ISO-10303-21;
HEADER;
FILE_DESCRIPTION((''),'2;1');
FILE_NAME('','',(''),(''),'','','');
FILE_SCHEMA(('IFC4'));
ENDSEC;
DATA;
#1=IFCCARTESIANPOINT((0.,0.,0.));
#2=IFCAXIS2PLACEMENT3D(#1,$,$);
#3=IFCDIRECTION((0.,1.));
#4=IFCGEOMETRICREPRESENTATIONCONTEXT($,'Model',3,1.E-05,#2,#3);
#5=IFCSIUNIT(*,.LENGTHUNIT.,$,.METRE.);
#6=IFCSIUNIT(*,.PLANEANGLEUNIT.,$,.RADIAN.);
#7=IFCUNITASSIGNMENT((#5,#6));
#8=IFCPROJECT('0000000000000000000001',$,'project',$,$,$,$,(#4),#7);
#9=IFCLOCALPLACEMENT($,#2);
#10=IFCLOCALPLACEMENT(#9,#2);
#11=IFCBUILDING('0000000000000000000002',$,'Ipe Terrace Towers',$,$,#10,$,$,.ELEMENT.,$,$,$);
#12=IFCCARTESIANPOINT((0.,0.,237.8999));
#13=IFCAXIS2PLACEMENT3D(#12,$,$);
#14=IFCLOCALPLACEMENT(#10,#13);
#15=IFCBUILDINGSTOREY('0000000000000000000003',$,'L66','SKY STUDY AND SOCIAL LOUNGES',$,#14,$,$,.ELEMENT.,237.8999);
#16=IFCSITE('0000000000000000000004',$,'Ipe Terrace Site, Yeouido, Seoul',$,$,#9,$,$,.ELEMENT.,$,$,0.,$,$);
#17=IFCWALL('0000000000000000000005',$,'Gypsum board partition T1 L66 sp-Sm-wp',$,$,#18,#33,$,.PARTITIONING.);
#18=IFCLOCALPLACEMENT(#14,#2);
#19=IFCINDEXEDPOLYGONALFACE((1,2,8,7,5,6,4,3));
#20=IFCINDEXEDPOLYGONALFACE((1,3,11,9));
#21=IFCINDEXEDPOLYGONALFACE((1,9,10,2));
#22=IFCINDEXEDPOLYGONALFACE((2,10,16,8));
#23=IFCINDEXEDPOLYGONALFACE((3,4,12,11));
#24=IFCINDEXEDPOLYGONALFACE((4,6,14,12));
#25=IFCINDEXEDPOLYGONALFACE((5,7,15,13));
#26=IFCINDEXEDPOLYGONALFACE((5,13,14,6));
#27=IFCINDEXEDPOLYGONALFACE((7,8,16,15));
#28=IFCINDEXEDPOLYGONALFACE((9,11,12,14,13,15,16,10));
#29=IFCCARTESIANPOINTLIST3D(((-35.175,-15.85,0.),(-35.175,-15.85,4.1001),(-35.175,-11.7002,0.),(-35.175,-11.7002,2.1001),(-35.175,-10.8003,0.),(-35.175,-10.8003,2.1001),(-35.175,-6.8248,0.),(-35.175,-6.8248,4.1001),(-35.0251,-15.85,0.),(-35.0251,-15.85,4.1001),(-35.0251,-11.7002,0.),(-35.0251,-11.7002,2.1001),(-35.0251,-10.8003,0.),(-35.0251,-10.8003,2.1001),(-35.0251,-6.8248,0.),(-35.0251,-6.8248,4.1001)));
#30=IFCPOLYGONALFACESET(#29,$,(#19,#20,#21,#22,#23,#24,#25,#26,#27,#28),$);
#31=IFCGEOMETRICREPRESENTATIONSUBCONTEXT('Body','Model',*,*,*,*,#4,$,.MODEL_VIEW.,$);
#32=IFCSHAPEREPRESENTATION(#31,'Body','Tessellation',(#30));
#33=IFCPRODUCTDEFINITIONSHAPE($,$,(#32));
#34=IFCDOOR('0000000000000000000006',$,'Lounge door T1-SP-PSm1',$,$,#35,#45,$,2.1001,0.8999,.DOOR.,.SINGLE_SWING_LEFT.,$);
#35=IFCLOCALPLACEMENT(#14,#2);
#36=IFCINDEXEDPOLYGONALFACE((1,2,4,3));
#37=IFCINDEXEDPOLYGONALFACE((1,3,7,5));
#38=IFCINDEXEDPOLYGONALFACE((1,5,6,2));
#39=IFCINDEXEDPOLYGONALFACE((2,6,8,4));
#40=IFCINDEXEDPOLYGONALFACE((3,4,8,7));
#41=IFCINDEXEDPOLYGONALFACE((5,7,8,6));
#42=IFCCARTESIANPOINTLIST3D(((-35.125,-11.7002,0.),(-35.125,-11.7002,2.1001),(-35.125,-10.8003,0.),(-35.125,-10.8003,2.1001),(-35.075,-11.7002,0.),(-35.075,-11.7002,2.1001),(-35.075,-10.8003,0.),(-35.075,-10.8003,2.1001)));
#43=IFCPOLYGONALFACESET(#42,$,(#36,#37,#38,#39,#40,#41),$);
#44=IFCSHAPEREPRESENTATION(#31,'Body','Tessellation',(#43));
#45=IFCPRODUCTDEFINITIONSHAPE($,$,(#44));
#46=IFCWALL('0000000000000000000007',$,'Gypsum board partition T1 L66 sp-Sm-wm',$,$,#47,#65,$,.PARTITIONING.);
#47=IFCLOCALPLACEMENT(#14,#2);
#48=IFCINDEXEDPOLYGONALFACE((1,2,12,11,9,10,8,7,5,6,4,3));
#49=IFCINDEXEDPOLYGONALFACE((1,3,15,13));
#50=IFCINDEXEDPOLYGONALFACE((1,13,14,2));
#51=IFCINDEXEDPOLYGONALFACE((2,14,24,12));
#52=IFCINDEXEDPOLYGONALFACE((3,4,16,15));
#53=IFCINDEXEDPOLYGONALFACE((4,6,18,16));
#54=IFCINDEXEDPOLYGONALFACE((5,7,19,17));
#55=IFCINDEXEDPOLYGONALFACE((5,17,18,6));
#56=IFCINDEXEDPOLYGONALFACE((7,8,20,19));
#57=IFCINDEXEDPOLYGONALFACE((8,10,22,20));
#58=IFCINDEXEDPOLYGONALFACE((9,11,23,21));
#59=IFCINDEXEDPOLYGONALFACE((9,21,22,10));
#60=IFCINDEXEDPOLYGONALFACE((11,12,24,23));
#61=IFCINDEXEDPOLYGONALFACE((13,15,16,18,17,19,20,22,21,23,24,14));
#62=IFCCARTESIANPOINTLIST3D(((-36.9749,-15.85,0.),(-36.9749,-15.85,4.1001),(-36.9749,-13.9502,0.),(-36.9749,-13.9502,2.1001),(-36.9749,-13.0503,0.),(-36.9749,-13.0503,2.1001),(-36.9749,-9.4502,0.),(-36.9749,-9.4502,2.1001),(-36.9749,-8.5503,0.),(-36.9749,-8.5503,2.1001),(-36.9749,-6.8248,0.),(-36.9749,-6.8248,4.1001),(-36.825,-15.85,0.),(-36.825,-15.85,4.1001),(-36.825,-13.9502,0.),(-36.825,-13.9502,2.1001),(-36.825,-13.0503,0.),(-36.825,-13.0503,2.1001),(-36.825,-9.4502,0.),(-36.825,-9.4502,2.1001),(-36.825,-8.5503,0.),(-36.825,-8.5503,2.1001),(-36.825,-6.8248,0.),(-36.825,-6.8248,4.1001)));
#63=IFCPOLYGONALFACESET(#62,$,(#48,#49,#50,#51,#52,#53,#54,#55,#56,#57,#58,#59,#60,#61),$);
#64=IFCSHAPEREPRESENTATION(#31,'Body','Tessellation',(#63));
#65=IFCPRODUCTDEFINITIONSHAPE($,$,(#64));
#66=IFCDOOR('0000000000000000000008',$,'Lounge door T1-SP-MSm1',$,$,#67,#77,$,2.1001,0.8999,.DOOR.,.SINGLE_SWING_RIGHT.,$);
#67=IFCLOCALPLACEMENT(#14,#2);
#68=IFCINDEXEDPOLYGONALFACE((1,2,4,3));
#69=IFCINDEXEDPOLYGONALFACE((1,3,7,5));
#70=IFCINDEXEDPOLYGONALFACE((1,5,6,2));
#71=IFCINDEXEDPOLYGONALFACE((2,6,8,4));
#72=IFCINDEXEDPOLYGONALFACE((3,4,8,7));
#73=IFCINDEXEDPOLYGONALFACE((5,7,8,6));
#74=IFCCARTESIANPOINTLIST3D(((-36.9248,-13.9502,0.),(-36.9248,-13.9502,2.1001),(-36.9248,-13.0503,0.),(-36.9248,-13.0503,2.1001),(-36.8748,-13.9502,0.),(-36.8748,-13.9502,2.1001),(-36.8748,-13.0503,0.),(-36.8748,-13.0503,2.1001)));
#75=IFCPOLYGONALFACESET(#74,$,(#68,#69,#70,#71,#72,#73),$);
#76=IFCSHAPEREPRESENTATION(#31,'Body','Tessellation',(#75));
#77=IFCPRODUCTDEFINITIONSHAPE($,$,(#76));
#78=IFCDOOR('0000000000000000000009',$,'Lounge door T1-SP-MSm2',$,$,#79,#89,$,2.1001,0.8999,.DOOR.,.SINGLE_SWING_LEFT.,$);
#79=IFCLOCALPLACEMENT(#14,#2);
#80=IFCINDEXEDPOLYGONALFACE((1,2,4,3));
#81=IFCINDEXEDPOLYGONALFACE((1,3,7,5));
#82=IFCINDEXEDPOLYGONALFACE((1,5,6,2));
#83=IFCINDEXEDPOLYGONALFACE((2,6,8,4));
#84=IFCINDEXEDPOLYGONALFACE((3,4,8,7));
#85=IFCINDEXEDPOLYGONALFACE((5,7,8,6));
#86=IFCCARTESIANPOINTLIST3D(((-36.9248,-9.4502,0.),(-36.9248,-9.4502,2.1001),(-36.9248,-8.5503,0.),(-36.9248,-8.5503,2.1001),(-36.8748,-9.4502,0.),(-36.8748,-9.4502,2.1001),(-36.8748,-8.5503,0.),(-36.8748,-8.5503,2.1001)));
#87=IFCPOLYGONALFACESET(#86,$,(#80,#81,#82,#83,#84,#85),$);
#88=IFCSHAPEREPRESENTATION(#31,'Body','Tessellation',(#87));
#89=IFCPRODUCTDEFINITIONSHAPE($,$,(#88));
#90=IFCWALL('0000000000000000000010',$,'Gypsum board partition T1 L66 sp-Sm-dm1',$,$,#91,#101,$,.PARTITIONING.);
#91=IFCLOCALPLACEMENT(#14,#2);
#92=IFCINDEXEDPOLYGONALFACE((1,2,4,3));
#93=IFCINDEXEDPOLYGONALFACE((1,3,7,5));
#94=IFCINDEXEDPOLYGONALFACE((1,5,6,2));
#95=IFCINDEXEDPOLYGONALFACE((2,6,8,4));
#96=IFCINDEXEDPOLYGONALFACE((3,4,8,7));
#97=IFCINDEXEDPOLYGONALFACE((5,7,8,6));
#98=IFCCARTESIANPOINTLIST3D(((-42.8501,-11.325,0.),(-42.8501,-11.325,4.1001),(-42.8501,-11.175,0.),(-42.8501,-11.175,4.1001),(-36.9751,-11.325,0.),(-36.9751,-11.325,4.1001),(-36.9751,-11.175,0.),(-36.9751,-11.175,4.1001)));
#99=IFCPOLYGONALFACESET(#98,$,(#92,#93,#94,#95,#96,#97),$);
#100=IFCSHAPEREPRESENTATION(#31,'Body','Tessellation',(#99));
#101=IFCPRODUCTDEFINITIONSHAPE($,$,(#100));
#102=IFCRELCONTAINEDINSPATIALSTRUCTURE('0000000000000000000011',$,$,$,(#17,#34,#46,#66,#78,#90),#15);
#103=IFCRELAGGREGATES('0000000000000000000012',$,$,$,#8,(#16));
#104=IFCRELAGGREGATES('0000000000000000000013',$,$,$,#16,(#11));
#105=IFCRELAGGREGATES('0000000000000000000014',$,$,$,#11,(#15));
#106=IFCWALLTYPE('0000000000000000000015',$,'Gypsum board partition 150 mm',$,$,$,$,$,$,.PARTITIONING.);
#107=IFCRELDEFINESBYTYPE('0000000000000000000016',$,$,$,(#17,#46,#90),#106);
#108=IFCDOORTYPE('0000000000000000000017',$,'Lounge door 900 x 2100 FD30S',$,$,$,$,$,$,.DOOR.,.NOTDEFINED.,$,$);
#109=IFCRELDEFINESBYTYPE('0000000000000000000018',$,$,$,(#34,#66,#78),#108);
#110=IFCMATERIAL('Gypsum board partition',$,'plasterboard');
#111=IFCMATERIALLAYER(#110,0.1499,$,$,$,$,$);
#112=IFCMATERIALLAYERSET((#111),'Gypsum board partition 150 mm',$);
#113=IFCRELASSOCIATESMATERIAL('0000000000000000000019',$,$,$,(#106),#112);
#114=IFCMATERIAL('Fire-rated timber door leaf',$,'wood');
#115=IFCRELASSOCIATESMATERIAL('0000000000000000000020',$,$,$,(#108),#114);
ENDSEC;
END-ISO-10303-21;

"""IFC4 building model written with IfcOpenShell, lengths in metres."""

from ifc_helpers import new_model, si_unit, direction, frame, frame_2d, origin, place, context, subcontext, project, spatial, rectangle, extrude, material, layer, layer_set, type_object, element, fill, save


model = new_model("IFC4")

# Units and contexts
model_context = context("Model", 3, precision=1e-05, world=origin(), true_north=direction((0.0, 1.0)))
body_context = subcontext(model_context, "Body", "Model", "MODEL_VIEW")
ifc_project = project(units=[si_unit("LENGTHUNIT", "METRE"), si_unit("PLANEANGLEUNIT", "RADIAN")], contexts=[model_context])

# Site, building, storey
site_placement = place(None, origin())
site = spatial("IfcSite", under=ifc_project, at=site_placement, Name="Ipe Terrace Site, Yeouido, Seoul", CompositionType="ELEMENT", RefElevation=0.0)
building_placement = place(site_placement, origin())
building = spatial("IfcBuilding", under=site, at=building_placement, Name="Ipe Terrace Towers", CompositionType="ELEMENT")
storey_placement = place(building_placement, frame((0.0, 0.0, 237.8999)))
storey = spatial("IfcBuildingStorey", under=building, at=storey_placement, Name="L66", Description="SKY STUDY AND SOCIAL LOUNGES", CompositionType="ELEMENT", Elevation=237.8999)

# Shared definitions
ifc_material_1 = material(Name="Gypsum board partition", Category="plasterboard")
ifc_layer_1 = layer(ifc_material_1, 0.1499)
ifc_layer_set_1 = layer_set([ifc_layer_1], Name="Gypsum board partition 150 mm")
wall_type_1 = type_object("IfcWallType", Name="Gypsum board partition 150 mm", PredefinedType="PARTITIONING", material=ifc_layer_set_1)

# Wall, opening, door
wall_1_placement = place(storey_placement, frame((-35.1001, -15.8501, 0.0), z_axis=(0.0, 0.0, 1.0), x_axis=(0.0, 1.0, 0.0)))
wall_1 = element("IfcWall", 1, at=wall_1_placement, inside=storey, type_object=wall_type_1, Name="Gypsum board partition T1 L66 sp-Sm-wp", PredefinedType="PARTITIONING", context=body_context, shape_type="SweptSolid", body=[
    extrude(rectangle(XDim=9.0251, YDim=0.1499, at=frame_2d((4.5127, 0.0))), origin(), (0.0, 0.0, 1.0), 4.1001),
])
opening_1_placement = place(wall_1_placement, frame((4.1499, 0.0, 0.0)))
opening_1 = element("IfcOpeningElement", 2, at=opening_1_placement, cuts=wall_1, PredefinedType="OPENING", context=body_context, shape_type="SweptSolid", body=[
    extrude(rectangle(XDim=0.8999, YDim=2.1001, at=frame_2d((0.45, 1.05))), frame((0.0, 0.085, 0.0), z_axis=(0.0, -1.0, 0.0), x_axis=(1.0, 0.0, 0.0)), (0.0, 0.0, 1.0), 0.1699),
])
ifc_material_2 = material(Name="Fire-rated timber door leaf", Category="wood")
door_type_1 = type_object("IfcDoorType", Name="Lounge door 900 x 2100 FD30S", OperationType="NOTDEFINED", PredefinedType="DOOR", material=ifc_material_2)
door_1_placement = place(opening_1_placement, origin())
door_1 = element("IfcDoor", 3, at=door_1_placement, inside=storey, type_object=door_type_1, Name="Lounge door T1-SP-PSm1", OperationType="SINGLE_SWING_LEFT", OverallHeight=2.1001, OverallWidth=0.8999, PredefinedType="DOOR", context=body_context, shape_type="SweptSolid", body=[
    extrude(rectangle(XDim=0.8999, YDim=2.1001, at=frame_2d((0.45, 1.05))), frame((0.0, 0.0249, 0.0), z_axis=(0.0, -1.0, 0.0), x_axis=(1.0, 0.0, 0.0)), (0.0, 0.0, 1.0), 0.05),
])
fill(opening_1, door_1)

# Wall, openings, doors
wall_2_placement = place(storey_placement, frame((-36.8999, -15.8501, 0.0), z_axis=(0.0, 0.0, 1.0), x_axis=(0.0, 1.0, 0.0)))
wall_2 = element("IfcWall", 4, at=wall_2_placement, inside=storey, type_object=wall_type_1, Name="Gypsum board partition T1 L66 sp-Sm-wm", PredefinedType="PARTITIONING", context=body_context, shape_type="SweptSolid", body=[
    extrude(rectangle(XDim=9.0251, YDim=0.1499, at=frame_2d((4.5127, 0.0))), origin(), (0.0, 0.0, 1.0), 4.1001),
])
opening_2_placement = place(wall_2_placement, frame((1.8999, 0.0, 0.0)))
opening_2 = element("IfcOpeningElement", 5, at=opening_2_placement, cuts=wall_2, PredefinedType="OPENING", context=body_context, shape_type="SweptSolid", body=[
    extrude(rectangle(XDim=0.8999, YDim=2.1001, at=frame_2d((0.45, 1.05))), frame((0.0, 0.085, 0.0), z_axis=(0.0, -1.0, 0.0), x_axis=(1.0, 0.0, 0.0)), (0.0, 0.0, 1.0), 0.1699),
])
opening_3_placement = place(wall_2_placement, frame((6.3999, 0.0, 0.0)))
opening_3 = element("IfcOpeningElement", 6, at=opening_3_placement, cuts=wall_2, PredefinedType="OPENING", context=body_context, shape_type="SweptSolid", body=[
    extrude(rectangle(XDim=0.8999, YDim=2.1001, at=frame_2d((0.45, 1.05))), frame((0.0, 0.085, 0.0), z_axis=(0.0, -1.0, 0.0), x_axis=(1.0, 0.0, 0.0)), (0.0, 0.0, 1.0), 0.1699),
])
door_2_placement = place(opening_2_placement, origin())
door_2 = element("IfcDoor", 7, at=door_2_placement, inside=storey, type_object=door_type_1, Name="Lounge door T1-SP-MSm1", OperationType="SINGLE_SWING_RIGHT", OverallHeight=2.1001, OverallWidth=0.8999, PredefinedType="DOOR", context=body_context, shape_type="SweptSolid", body=[
    extrude(rectangle(XDim=0.8999, YDim=2.1001, at=frame_2d((0.45, 1.05))), frame((0.0, 0.0249, 0.0), z_axis=(0.0, -1.0, 0.0), x_axis=(1.0, 0.0, 0.0)), (0.0, 0.0, 1.0), 0.05),
])
fill(opening_2, door_2)
door_3_placement = place(opening_3_placement, origin())
door_3 = element("IfcDoor", 8, at=door_3_placement, inside=storey, type_object=door_type_1, Name="Lounge door T1-SP-MSm2", OperationType="SINGLE_SWING_LEFT", OverallHeight=2.1001, OverallWidth=0.8999, PredefinedType="DOOR", context=body_context, shape_type="SweptSolid", body=[
    extrude(rectangle(XDim=0.8999, YDim=2.1001, at=frame_2d((0.45, 1.05))), frame((0.0, 0.0249, 0.0), z_axis=(0.0, -1.0, 0.0), x_axis=(1.0, 0.0, 0.0)), (0.0, 0.0, 1.0), 0.05),
])
fill(opening_3, door_3)

# Wall
wall_3_placement = place(storey_placement, frame((-36.9751, -11.25, 0.0), z_axis=(0.0, 0.0, 1.0), x_axis=(-1.0, 0.0, 0.0)))
element("IfcWall", 9, at=wall_3_placement, inside=storey, type_object=wall_type_1, Name="Gypsum board partition T1 L66 sp-Sm-dm1", PredefinedType="PARTITIONING", context=body_context, shape_type="SweptSolid", body=[
    extrude(rectangle(XDim=5.875, YDim=0.1499, at=frame_2d((2.9375, 0.0))), origin(), (0.0, 0.0, 1.0), 4.1001),
])

save(model, "model.ifc")
